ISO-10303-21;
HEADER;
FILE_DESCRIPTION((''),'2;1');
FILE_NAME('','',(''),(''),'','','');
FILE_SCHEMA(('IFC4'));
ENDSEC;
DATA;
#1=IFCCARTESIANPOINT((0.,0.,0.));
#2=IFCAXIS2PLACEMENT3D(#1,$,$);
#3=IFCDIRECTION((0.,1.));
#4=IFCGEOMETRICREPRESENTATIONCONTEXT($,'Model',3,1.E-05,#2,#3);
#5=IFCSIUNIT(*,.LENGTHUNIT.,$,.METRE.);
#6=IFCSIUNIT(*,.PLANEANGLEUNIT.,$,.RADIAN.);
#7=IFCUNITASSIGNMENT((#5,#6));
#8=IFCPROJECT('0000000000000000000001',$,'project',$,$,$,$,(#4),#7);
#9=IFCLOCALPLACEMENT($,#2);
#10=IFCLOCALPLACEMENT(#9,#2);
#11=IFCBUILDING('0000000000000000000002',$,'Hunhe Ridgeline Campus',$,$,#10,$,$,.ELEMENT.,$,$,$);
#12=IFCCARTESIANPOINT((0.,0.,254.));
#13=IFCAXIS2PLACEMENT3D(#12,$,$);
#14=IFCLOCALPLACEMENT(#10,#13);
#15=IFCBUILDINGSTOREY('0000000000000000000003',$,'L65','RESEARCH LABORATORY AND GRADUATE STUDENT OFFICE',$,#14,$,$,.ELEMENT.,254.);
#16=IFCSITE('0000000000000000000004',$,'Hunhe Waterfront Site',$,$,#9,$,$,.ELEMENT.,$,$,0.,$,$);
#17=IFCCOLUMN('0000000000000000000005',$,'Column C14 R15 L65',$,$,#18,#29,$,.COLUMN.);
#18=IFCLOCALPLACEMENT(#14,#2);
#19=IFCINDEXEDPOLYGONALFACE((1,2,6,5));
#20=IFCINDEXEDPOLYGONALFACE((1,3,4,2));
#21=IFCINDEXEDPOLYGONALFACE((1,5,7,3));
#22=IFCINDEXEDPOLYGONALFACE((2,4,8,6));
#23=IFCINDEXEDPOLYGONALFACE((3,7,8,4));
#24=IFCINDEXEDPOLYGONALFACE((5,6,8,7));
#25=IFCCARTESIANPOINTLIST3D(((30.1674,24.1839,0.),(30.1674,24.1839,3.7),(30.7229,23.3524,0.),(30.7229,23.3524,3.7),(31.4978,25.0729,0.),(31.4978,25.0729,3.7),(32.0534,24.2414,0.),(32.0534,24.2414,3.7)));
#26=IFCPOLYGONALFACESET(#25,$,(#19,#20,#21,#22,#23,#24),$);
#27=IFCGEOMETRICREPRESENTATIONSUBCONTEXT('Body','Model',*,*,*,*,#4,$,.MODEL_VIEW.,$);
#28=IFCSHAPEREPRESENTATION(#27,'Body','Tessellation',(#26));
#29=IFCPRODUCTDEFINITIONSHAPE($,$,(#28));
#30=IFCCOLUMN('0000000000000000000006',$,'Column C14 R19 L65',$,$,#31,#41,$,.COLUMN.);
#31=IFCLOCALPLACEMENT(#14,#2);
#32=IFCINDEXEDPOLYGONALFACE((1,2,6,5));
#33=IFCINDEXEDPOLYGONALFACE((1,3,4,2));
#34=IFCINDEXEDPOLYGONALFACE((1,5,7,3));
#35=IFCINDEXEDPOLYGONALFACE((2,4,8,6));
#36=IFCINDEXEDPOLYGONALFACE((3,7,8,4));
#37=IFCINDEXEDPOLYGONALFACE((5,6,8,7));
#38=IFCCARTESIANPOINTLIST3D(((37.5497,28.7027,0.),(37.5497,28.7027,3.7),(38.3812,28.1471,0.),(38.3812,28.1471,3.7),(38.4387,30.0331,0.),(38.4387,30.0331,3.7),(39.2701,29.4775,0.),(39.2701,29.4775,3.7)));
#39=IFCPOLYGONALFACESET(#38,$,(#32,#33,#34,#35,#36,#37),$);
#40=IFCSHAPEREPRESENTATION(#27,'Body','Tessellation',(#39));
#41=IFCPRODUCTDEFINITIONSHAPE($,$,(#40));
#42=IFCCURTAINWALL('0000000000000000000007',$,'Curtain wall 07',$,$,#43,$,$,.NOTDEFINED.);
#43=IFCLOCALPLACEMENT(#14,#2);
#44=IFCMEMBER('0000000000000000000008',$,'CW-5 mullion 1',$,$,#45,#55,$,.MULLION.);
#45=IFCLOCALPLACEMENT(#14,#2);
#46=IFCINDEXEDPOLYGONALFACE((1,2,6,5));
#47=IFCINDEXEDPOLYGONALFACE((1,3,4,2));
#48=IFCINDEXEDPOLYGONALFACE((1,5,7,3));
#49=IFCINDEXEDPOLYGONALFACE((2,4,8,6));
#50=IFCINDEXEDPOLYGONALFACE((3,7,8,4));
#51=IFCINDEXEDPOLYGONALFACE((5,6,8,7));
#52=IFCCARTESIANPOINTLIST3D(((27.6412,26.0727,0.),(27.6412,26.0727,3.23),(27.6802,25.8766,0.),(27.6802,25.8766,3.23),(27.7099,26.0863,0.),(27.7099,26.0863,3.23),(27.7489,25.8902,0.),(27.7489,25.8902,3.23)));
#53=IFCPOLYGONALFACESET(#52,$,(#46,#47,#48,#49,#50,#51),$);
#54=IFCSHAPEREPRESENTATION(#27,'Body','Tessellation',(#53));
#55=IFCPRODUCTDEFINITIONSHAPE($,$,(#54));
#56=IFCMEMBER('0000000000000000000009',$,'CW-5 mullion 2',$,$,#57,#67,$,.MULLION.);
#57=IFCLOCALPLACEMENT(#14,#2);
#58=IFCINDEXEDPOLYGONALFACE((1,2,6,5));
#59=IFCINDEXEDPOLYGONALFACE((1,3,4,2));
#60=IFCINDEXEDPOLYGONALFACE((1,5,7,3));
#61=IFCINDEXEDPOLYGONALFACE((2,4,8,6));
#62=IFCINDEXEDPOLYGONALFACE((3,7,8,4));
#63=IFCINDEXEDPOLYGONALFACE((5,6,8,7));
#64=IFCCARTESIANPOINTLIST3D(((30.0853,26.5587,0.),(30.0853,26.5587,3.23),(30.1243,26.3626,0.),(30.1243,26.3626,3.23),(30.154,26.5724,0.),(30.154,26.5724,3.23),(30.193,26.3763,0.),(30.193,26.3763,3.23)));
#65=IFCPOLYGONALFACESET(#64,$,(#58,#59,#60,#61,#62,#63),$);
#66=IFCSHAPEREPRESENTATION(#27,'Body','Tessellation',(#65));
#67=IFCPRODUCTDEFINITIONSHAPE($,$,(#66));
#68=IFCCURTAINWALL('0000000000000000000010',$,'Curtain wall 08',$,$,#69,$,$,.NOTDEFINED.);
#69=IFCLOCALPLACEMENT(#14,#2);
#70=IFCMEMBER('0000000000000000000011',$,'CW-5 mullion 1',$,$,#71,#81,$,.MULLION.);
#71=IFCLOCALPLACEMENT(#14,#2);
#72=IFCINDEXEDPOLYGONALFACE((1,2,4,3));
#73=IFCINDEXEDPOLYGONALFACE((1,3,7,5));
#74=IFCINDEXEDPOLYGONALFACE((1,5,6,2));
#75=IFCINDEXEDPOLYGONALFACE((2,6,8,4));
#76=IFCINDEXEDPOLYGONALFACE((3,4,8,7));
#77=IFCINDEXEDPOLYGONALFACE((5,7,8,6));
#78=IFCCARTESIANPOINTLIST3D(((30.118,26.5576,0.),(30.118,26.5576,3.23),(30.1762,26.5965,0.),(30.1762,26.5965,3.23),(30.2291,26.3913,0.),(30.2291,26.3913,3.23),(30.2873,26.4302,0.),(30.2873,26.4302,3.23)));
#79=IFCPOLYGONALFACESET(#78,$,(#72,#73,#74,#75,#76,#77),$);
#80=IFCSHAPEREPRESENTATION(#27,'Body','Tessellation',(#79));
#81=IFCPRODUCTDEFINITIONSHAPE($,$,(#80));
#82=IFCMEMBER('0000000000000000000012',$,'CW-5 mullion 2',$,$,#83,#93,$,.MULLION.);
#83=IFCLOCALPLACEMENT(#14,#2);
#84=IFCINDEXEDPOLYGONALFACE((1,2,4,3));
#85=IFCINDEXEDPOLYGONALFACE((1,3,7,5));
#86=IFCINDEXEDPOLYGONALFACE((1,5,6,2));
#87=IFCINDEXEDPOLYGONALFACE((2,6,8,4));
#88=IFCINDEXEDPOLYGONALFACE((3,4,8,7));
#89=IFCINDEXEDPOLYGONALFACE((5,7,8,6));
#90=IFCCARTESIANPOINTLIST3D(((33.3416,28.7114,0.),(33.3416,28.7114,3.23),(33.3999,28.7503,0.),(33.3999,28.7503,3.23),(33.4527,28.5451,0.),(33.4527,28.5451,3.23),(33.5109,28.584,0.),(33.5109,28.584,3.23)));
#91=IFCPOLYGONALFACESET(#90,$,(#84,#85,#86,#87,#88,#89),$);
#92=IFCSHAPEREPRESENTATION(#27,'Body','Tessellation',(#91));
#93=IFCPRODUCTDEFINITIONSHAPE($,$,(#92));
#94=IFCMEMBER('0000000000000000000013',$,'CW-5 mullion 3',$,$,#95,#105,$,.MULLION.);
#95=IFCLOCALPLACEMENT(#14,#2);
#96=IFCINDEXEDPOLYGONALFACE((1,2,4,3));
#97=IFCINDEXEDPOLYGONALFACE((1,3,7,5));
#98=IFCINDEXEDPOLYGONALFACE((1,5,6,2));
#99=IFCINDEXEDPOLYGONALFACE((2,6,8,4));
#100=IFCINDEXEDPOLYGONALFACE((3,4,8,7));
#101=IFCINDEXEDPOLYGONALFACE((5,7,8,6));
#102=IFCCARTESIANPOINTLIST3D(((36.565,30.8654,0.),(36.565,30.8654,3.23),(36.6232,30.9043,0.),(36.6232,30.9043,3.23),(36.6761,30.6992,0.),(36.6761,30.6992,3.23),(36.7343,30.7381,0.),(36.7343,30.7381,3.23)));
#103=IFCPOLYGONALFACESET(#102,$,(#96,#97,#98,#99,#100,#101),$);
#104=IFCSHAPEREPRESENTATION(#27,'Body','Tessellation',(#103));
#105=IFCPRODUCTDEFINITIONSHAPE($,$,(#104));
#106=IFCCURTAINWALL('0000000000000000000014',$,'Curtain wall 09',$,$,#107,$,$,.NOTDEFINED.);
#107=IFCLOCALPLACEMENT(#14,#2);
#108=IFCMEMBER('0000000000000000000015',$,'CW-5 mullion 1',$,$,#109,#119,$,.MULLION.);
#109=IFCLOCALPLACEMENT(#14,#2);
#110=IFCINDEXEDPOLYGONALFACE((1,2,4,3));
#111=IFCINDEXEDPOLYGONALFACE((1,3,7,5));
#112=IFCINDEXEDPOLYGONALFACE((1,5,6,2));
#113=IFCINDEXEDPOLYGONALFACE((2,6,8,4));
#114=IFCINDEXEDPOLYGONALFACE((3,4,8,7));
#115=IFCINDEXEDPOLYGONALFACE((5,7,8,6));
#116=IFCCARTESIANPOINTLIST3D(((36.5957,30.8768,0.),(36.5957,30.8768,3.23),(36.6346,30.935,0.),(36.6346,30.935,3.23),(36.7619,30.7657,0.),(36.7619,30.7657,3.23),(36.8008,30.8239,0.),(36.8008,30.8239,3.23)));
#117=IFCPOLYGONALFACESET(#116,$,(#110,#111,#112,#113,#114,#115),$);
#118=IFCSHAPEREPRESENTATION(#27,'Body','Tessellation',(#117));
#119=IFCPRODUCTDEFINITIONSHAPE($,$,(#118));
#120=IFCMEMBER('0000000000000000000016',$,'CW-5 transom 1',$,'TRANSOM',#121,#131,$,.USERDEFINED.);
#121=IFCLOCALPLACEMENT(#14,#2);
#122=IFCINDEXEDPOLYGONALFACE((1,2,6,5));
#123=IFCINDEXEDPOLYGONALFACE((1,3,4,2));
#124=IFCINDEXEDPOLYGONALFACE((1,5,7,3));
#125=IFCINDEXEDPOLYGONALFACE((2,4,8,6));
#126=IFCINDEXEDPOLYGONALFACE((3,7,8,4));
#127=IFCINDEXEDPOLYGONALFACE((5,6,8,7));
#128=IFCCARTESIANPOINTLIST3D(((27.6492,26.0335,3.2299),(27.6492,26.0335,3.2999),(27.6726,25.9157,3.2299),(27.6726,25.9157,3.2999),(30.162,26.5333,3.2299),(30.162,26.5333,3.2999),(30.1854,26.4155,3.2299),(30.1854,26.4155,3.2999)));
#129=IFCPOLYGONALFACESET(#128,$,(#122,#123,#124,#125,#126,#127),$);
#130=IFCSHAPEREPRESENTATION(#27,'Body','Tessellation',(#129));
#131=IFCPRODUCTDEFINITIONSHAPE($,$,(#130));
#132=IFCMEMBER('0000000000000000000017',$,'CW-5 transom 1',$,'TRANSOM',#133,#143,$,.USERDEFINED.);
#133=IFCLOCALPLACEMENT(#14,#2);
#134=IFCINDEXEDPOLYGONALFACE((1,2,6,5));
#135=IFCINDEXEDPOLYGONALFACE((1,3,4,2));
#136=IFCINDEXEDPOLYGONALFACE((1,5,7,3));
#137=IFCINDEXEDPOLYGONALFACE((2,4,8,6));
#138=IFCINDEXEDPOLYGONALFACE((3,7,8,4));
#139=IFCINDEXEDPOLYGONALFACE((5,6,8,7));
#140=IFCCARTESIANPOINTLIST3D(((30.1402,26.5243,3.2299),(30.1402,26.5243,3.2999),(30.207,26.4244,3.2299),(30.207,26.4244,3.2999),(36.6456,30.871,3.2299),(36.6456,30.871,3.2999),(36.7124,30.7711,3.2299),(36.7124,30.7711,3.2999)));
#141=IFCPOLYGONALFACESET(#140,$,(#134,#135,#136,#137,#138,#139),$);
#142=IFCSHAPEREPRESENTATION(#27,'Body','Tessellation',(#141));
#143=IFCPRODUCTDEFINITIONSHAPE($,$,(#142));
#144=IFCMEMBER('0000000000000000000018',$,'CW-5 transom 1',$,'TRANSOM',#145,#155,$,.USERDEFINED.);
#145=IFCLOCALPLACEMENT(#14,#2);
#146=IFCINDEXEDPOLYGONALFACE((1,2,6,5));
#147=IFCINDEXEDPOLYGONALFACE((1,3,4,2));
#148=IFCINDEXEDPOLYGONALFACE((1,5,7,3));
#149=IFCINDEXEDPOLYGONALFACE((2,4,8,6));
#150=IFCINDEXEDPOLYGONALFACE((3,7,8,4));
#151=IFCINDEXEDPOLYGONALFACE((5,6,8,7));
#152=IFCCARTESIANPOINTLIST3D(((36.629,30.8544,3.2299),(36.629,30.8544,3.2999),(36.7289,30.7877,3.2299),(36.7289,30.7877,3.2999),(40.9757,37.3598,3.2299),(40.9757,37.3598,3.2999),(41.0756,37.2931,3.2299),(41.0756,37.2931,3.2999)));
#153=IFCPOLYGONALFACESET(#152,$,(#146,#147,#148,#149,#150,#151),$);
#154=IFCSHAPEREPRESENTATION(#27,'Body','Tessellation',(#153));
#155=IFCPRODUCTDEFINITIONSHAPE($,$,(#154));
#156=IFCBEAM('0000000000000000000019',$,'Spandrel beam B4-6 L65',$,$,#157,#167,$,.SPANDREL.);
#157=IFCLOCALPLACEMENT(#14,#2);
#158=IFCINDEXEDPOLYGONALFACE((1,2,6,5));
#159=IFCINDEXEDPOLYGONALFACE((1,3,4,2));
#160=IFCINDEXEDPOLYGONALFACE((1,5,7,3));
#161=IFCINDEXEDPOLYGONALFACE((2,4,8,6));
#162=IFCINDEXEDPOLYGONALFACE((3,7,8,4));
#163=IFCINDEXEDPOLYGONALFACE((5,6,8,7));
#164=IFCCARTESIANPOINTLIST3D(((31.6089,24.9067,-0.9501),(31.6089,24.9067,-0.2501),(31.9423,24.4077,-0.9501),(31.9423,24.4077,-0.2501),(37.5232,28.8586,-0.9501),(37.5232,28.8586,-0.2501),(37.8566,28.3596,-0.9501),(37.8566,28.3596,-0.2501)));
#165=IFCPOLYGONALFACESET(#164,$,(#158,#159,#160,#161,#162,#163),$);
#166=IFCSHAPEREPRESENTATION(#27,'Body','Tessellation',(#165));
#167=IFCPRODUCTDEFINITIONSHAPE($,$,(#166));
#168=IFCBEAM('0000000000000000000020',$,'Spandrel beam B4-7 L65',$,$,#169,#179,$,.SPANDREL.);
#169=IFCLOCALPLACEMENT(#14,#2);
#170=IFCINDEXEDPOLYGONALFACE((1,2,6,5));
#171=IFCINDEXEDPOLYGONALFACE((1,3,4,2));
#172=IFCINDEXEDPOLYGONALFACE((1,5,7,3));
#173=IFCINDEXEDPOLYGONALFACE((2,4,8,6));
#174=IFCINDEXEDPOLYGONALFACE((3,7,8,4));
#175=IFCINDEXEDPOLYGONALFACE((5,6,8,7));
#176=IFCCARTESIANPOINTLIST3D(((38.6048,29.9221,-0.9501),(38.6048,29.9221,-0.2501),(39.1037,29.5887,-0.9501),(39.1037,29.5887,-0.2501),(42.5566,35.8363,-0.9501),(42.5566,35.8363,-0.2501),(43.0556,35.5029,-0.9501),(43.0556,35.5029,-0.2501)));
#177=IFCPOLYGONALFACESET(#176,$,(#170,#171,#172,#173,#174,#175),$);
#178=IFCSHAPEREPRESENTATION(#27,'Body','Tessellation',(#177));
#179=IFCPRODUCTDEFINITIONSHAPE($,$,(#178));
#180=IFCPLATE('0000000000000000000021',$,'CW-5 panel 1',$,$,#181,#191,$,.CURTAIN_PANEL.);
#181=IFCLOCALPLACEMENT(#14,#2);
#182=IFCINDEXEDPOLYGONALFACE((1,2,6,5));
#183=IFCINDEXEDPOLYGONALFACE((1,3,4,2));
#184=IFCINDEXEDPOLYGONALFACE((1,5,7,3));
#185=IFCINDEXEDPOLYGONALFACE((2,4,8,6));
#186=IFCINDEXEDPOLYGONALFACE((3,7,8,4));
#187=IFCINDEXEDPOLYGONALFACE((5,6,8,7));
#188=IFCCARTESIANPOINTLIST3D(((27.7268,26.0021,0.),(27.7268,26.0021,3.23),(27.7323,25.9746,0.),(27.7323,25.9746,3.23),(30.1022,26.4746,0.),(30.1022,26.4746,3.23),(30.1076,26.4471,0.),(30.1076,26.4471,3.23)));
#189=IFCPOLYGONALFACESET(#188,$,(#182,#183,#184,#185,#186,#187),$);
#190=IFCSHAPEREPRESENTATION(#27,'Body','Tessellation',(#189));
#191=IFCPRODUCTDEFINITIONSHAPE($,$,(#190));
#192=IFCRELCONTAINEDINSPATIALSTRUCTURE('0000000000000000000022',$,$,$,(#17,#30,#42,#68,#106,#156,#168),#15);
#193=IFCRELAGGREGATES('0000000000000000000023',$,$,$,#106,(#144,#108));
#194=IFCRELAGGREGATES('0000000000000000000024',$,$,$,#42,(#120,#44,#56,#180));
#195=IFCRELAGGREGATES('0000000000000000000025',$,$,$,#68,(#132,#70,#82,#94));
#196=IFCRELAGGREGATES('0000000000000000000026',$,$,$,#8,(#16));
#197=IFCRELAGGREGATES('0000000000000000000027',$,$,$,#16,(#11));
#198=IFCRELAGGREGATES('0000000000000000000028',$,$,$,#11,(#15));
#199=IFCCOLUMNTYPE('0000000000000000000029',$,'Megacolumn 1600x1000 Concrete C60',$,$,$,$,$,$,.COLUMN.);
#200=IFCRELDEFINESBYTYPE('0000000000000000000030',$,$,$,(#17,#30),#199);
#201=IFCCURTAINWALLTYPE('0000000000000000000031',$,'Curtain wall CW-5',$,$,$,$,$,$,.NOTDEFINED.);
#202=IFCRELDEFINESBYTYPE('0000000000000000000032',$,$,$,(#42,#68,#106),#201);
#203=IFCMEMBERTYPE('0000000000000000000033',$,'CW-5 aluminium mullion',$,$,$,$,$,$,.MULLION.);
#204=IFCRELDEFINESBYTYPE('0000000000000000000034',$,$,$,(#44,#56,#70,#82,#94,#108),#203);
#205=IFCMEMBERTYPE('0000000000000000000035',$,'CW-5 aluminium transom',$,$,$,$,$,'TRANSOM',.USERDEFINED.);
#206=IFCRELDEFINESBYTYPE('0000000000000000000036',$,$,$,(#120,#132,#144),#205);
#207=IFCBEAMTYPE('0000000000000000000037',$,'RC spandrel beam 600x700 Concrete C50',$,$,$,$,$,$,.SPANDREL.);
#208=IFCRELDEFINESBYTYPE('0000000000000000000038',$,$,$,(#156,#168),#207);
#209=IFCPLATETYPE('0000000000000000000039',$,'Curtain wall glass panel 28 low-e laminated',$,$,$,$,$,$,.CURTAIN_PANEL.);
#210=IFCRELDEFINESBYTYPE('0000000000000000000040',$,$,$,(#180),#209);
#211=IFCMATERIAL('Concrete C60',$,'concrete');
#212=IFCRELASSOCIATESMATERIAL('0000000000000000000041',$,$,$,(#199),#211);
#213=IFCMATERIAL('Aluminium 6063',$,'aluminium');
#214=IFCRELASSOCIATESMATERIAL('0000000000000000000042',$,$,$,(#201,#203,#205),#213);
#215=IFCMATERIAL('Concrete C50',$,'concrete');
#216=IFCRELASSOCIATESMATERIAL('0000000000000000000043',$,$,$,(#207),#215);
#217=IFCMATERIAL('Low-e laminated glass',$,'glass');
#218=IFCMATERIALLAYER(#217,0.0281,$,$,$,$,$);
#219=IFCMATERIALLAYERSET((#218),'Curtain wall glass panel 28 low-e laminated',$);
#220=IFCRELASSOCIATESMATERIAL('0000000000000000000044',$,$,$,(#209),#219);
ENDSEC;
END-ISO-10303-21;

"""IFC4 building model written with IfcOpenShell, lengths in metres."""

from ifc_helpers import new_model, si_unit, direction, frame, origin, origin_2d, place, context, subcontext, project, spatial, rectangle, extrude, material, layer, layer_set, material_profile, profile_set, type_object, element, aggregate, save


model = new_model("IFC4")

# Units and contexts
model_context = context("Model", 3, precision=1e-05, world=origin(), true_north=direction((0.0, 1.0)))
body_context = subcontext(model_context, "Body", "Model", "MODEL_VIEW")
ifc_project = project(units=[si_unit("LENGTHUNIT", "METRE"), si_unit("PLANEANGLEUNIT", "RADIAN")], contexts=[model_context])

# Site, building, storey
site_placement = place(None, origin())
site = spatial("IfcSite", under=ifc_project, at=site_placement, Name="Hunhe Waterfront Site", CompositionType="ELEMENT", RefElevation=0.0)
building_placement = place(site_placement, origin())
building = spatial("IfcBuilding", under=site, at=building_placement, Name="Hunhe Ridgeline Campus", CompositionType="ELEMENT")
storey_placement = place(building_placement, frame((0.0, 0.0, 254.0)))
storey = spatial("IfcBuildingStorey", under=building, at=storey_placement, Name="L65", Description="RESEARCH LABORATORY AND GRADUATE STUDENT OFFICE", CompositionType="ELEMENT", Elevation=254.0)

# Columns
ifc_material_1 = material(Name="Concrete C60", Category="concrete")
ifc_material_profile_1 = material_profile(ifc_material_1, rectangle(XDim=1.6001, YDim=1.0, at=origin_2d()))
ifc_profile_set_1 = profile_set([ifc_material_profile_1], Name="Concrete C60")
column_type = type_object("IfcColumnType", Name="Megacolumn 1600x1000 Concrete C60", PredefinedType="COLUMN", material=ifc_profile_set_1)
for number, where, z_axis, x_axis, name in (
    (1, (31.1104, 24.2126, 0.0), (0.0, 0.0, 1.0), (0.83147, 0.55557, 0.0), "Column C14 R15 L65"),
    (2, (38.4099, 29.0901, 0.0), (0.0, 0.0, 1.0), (0.55557, 0.83147, 0.0), "Column C14 R19 L65"),
):
    element("IfcColumn", number, at=place(storey_placement, frame(where, z_axis=z_axis, x_axis=x_axis)), inside=storey, type_object=column_type, Name=name, PredefinedType="COLUMN", context=body_context, shape_type="SweptSolid", body=[
        extrude(rectangle(XDim=1.6001, YDim=1.0, at=origin_2d()), origin(), (0.0, 0.0, 1.0), 3.7),
    ])

# Curtain walls, members
ifc_material_2 = material(Name="Aluminium 6063", Category="aluminium")
curtain_wall_type = type_object("IfcCurtainWallType", Name="Curtain wall CW-5", PredefinedType="NOTDEFINED", material=ifc_material_2)
curtain_wall_1_placement = place(storey_placement, origin())
curtain_wall_1 = element("IfcCurtainWall", 3, at=curtain_wall_1_placement, inside=storey, type_object=curtain_wall_type, Name="Curtain wall 07", PredefinedType="NOTDEFINED")
ifc_material_profile_2 = material_profile(ifc_material_2, rectangle(XDim=0.2, YDim=0.0701, at=origin_2d()))
ifc_profile_set_2 = profile_set([ifc_material_profile_2], Name="Aluminium 6063")
member_type_1 = type_object("IfcMemberType", Name="CW-5 aluminium mullion", PredefinedType="MULLION", material=ifc_profile_set_2)
member_1_placement = place(storey_placement, frame((27.6951, 25.9814, 0.0), z_axis=(0.0, 0.0, 1.0), x_axis=(-0.195091, 0.980785, 0.0)))
member_1 = element("IfcMember", 4, at=member_1_placement, type_object=member_type_1, Name="CW-5 mullion 1", PredefinedType="MULLION", context=body_context, shape_type="SweptSolid", body=[
    extrude(rectangle(XDim=0.2, YDim=0.0701, at=origin_2d()), origin(), (0.0, 0.0, 1.0), 3.23),
])
member_2_placement = place(storey_placement, frame((30.1392, 26.4675, 0.0), z_axis=(0.0, 0.0, 1.0), x_axis=(-0.195091, 0.980785, 0.0)))
member_2 = element("IfcMember", 5, at=member_2_placement, type_object=member_type_1, Name="CW-5 mullion 2", PredefinedType="MULLION", context=body_context, shape_type="SweptSolid", body=[
    extrude(rectangle(XDim=0.2, YDim=0.0701, at=origin_2d()), origin(), (0.0, 0.0, 1.0), 3.23),
])
curtain_wall_2_placement = place(storey_placement, origin())
curtain_wall_2 = element("IfcCurtainWall", 6, at=curtain_wall_2_placement, inside=storey, type_object=curtain_wall_type, Name="Curtain wall 08", PredefinedType="NOTDEFINED")
member_3_placement = place(storey_placement, frame((30.2026, 26.4939, 0.0), z_axis=(0.0, 0.0, 1.0), x_axis=(-0.55557, 0.83147, 0.0)))
member_3 = element("IfcMember", 7, at=member_3_placement, type_object=member_type_1, Name="CW-5 mullion 1", PredefinedType="MULLION", context=body_context, shape_type="SweptSolid", body=[
    extrude(rectangle(XDim=0.2, YDim=0.0701, at=origin_2d()), origin(), (0.0, 0.0, 1.0), 3.23),
])
member_4_placement = place(storey_placement, frame((33.4263, 28.6477, 0.0), z_axis=(0.0, 0.0, 1.0), x_axis=(-0.55557, 0.83147, 0.0)))
member_4 = element("IfcMember", 8, at=member_4_placement, type_object=member_type_1, Name="CW-5 mullion 2", PredefinedType="MULLION", context=body_context, shape_type="SweptSolid", body=[
    extrude(rectangle(XDim=0.2, YDim=0.0701, at=origin_2d()), origin(), (0.0, 0.0, 1.0), 3.23),
])
member_5_placement = place(storey_placement, frame((36.6497, 30.8018, 0.0), z_axis=(0.0, 0.0, 1.0), x_axis=(-0.55557, 0.83147, 0.0)))
member_5 = element("IfcMember", 9, at=member_5_placement, type_object=member_type_1, Name="CW-5 mullion 3", PredefinedType="MULLION", context=body_context, shape_type="SweptSolid", body=[
    extrude(rectangle(XDim=0.2, YDim=0.0701, at=origin_2d()), origin(), (0.0, 0.0, 1.0), 3.23),
])

# Curtain wall, member
curtain_wall_3_placement = place(storey_placement, origin())
curtain_wall_3 = element("IfcCurtainWall", 10, at=curtain_wall_3_placement, inside=storey, type_object=curtain_wall_type, Name="Curtain wall 09", PredefinedType="NOTDEFINED")
member_6_placement = place(storey_placement, frame((36.6982, 30.8503, 0.0), z_axis=(0.0, 0.0, 1.0), x_axis=(-0.83147, 0.55557, 0.0)))
member_6 = element("IfcMember", 11, at=member_6_placement, type_object=member_type_1, Name="CW-5 mullion 1", PredefinedType="MULLION", context=body_context, shape_type="SweptSolid", body=[
    extrude(rectangle(XDim=0.2, YDim=0.0701, at=origin_2d()), origin(), (0.0, 0.0, 1.0), 3.23),
])

# Members
ifc_material_profile_3 = material_profile(ifc_material_2, rectangle(XDim=0.1201, YDim=0.0701, at=origin_2d()))
ifc_profile_set_3 = profile_set([ifc_material_profile_3], Name="Aluminium 6063")
member_type_2 = type_object("IfcMemberType", Name="CW-5 aluminium transom", ElementType="TRANSOM", PredefinedType="USERDEFINED", material=ifc_profile_set_3)
member_7_placement = place(storey_placement, frame((27.6609, 25.9746, 3.2649), z_axis=(0.980789, 0.195071, 0.0), x_axis=(-0.195071, 0.980789, 0.0)))
member_7 = element("IfcMember", 12, at=member_7_placement, type_object=member_type_2, Name="CW-5 transom 1", ObjectType="TRANSOM", PredefinedType="USERDEFINED", context=body_context, shape_type="SweptSolid", body=[
    extrude(rectangle(XDim=0.1201, YDim=0.0701, at=origin_2d()), origin(), (0.0, 0.0, 1.0), 2.562),
])
member_8_placement = place(storey_placement, frame((30.1736, 26.4744, 3.2649), z_axis=(0.831474, 0.555564, 0.0), x_axis=(-0.555564, 0.831474, 0.0)))
member_8 = element("IfcMember", 13, at=member_8_placement, type_object=member_type_2, Name="CW-5 transom 1", ObjectType="TRANSOM", PredefinedType="USERDEFINED", context=body_context, shape_type="SweptSolid", body=[
    extrude(rectangle(XDim=0.1201, YDim=0.0701, at=origin_2d()), origin(), (0.0, 0.0, 1.0), 7.824),
])
member_9_placement = place(storey_placement, frame((36.679, 30.821, 3.2649), z_axis=(0.555564, 0.831474, 0.0), x_axis=(-0.831474, 0.555564, 0.0)))
member_9 = element("IfcMember", 14, at=member_9_placement, type_object=member_type_2, Name="CW-5 transom 1", ObjectType="TRANSOM", PredefinedType="USERDEFINED", context=body_context, shape_type="SweptSolid", body=[
    extrude(rectangle(XDim=0.1201, YDim=0.0701, at=origin_2d()), origin(), (0.0, 0.0, 1.0), 7.824),
])
aggregate(curtain_wall_3, [member_9, member_6])

# Beams
ifc_material_3 = material(Name="Concrete C50", Category="concrete")
ifc_material_profile_4 = material_profile(ifc_material_3, rectangle(XDim=0.6001, YDim=0.7, at=origin_2d()))
ifc_profile_set_4 = profile_set([ifc_material_profile_4], Name="Concrete C50")
beam_type = type_object("IfcBeamType", Name="RC spandrel beam 600x700 Concrete C50", PredefinedType="SPANDREL", material=ifc_profile_set_4)
for number, where, z_axis, x_axis, name in (
    (15, (31.7756, 24.6572, -0.6001), (0.831464, 0.555579, 0.0), (-0.555579, 0.831464, 0.0), "Spandrel beam B4-6 L65"),
    (16, (38.8542, 29.7554, -0.6001), (0.555579, 0.831464, 0.0), (-0.831464, 0.555579, 0.0), "Spandrel beam B4-7 L65"),
):
    element("IfcBeam", number, at=place(storey_placement, frame(where, z_axis=z_axis, x_axis=x_axis)), inside=storey, type_object=beam_type, Name=name, PredefinedType="SPANDREL", context=body_context, shape_type="SweptSolid", body=[
        extrude(rectangle(XDim=0.6001, YDim=0.7, at=origin_2d()), origin(), (0.0, 0.0, 1.0), 7.113),
    ])

# Plate
ifc_material_4 = material(Name="Low-e laminated glass", Category="glass")
ifc_layer_1 = layer(ifc_material_4, 0.0281)
ifc_layer_set_1 = layer_set([ifc_layer_1], Name="Curtain wall glass panel 28 low-e laminated")
plate_type = type_object("IfcPlateType", Name="Curtain wall glass panel 28 low-e laminated", PredefinedType="CURTAIN_PANEL", material=ifc_layer_set_1)
plate_1_placement = place(storey_placement, frame((28.9172, 26.2246, 0.0), z_axis=(0.0, 0.0, 1.0), x_axis=(0.980785, 0.195091, 0.0)))
plate_1 = element("IfcPlate", 17, at=plate_1_placement, type_object=plate_type, Name="CW-5 panel 1", PredefinedType="CURTAIN_PANEL", context=body_context, shape_type="SweptSolid", body=[
    extrude(rectangle(XDim=2.4219, YDim=0.0281, at=origin_2d()), origin(), (0.0, 0.0, 1.0), 3.23),
])
aggregate(curtain_wall_1, [member_7, member_1, member_2, plate_1])
aggregate(curtain_wall_2, [member_8, member_3, member_4, member_5])

save(model, "model.ifc")
